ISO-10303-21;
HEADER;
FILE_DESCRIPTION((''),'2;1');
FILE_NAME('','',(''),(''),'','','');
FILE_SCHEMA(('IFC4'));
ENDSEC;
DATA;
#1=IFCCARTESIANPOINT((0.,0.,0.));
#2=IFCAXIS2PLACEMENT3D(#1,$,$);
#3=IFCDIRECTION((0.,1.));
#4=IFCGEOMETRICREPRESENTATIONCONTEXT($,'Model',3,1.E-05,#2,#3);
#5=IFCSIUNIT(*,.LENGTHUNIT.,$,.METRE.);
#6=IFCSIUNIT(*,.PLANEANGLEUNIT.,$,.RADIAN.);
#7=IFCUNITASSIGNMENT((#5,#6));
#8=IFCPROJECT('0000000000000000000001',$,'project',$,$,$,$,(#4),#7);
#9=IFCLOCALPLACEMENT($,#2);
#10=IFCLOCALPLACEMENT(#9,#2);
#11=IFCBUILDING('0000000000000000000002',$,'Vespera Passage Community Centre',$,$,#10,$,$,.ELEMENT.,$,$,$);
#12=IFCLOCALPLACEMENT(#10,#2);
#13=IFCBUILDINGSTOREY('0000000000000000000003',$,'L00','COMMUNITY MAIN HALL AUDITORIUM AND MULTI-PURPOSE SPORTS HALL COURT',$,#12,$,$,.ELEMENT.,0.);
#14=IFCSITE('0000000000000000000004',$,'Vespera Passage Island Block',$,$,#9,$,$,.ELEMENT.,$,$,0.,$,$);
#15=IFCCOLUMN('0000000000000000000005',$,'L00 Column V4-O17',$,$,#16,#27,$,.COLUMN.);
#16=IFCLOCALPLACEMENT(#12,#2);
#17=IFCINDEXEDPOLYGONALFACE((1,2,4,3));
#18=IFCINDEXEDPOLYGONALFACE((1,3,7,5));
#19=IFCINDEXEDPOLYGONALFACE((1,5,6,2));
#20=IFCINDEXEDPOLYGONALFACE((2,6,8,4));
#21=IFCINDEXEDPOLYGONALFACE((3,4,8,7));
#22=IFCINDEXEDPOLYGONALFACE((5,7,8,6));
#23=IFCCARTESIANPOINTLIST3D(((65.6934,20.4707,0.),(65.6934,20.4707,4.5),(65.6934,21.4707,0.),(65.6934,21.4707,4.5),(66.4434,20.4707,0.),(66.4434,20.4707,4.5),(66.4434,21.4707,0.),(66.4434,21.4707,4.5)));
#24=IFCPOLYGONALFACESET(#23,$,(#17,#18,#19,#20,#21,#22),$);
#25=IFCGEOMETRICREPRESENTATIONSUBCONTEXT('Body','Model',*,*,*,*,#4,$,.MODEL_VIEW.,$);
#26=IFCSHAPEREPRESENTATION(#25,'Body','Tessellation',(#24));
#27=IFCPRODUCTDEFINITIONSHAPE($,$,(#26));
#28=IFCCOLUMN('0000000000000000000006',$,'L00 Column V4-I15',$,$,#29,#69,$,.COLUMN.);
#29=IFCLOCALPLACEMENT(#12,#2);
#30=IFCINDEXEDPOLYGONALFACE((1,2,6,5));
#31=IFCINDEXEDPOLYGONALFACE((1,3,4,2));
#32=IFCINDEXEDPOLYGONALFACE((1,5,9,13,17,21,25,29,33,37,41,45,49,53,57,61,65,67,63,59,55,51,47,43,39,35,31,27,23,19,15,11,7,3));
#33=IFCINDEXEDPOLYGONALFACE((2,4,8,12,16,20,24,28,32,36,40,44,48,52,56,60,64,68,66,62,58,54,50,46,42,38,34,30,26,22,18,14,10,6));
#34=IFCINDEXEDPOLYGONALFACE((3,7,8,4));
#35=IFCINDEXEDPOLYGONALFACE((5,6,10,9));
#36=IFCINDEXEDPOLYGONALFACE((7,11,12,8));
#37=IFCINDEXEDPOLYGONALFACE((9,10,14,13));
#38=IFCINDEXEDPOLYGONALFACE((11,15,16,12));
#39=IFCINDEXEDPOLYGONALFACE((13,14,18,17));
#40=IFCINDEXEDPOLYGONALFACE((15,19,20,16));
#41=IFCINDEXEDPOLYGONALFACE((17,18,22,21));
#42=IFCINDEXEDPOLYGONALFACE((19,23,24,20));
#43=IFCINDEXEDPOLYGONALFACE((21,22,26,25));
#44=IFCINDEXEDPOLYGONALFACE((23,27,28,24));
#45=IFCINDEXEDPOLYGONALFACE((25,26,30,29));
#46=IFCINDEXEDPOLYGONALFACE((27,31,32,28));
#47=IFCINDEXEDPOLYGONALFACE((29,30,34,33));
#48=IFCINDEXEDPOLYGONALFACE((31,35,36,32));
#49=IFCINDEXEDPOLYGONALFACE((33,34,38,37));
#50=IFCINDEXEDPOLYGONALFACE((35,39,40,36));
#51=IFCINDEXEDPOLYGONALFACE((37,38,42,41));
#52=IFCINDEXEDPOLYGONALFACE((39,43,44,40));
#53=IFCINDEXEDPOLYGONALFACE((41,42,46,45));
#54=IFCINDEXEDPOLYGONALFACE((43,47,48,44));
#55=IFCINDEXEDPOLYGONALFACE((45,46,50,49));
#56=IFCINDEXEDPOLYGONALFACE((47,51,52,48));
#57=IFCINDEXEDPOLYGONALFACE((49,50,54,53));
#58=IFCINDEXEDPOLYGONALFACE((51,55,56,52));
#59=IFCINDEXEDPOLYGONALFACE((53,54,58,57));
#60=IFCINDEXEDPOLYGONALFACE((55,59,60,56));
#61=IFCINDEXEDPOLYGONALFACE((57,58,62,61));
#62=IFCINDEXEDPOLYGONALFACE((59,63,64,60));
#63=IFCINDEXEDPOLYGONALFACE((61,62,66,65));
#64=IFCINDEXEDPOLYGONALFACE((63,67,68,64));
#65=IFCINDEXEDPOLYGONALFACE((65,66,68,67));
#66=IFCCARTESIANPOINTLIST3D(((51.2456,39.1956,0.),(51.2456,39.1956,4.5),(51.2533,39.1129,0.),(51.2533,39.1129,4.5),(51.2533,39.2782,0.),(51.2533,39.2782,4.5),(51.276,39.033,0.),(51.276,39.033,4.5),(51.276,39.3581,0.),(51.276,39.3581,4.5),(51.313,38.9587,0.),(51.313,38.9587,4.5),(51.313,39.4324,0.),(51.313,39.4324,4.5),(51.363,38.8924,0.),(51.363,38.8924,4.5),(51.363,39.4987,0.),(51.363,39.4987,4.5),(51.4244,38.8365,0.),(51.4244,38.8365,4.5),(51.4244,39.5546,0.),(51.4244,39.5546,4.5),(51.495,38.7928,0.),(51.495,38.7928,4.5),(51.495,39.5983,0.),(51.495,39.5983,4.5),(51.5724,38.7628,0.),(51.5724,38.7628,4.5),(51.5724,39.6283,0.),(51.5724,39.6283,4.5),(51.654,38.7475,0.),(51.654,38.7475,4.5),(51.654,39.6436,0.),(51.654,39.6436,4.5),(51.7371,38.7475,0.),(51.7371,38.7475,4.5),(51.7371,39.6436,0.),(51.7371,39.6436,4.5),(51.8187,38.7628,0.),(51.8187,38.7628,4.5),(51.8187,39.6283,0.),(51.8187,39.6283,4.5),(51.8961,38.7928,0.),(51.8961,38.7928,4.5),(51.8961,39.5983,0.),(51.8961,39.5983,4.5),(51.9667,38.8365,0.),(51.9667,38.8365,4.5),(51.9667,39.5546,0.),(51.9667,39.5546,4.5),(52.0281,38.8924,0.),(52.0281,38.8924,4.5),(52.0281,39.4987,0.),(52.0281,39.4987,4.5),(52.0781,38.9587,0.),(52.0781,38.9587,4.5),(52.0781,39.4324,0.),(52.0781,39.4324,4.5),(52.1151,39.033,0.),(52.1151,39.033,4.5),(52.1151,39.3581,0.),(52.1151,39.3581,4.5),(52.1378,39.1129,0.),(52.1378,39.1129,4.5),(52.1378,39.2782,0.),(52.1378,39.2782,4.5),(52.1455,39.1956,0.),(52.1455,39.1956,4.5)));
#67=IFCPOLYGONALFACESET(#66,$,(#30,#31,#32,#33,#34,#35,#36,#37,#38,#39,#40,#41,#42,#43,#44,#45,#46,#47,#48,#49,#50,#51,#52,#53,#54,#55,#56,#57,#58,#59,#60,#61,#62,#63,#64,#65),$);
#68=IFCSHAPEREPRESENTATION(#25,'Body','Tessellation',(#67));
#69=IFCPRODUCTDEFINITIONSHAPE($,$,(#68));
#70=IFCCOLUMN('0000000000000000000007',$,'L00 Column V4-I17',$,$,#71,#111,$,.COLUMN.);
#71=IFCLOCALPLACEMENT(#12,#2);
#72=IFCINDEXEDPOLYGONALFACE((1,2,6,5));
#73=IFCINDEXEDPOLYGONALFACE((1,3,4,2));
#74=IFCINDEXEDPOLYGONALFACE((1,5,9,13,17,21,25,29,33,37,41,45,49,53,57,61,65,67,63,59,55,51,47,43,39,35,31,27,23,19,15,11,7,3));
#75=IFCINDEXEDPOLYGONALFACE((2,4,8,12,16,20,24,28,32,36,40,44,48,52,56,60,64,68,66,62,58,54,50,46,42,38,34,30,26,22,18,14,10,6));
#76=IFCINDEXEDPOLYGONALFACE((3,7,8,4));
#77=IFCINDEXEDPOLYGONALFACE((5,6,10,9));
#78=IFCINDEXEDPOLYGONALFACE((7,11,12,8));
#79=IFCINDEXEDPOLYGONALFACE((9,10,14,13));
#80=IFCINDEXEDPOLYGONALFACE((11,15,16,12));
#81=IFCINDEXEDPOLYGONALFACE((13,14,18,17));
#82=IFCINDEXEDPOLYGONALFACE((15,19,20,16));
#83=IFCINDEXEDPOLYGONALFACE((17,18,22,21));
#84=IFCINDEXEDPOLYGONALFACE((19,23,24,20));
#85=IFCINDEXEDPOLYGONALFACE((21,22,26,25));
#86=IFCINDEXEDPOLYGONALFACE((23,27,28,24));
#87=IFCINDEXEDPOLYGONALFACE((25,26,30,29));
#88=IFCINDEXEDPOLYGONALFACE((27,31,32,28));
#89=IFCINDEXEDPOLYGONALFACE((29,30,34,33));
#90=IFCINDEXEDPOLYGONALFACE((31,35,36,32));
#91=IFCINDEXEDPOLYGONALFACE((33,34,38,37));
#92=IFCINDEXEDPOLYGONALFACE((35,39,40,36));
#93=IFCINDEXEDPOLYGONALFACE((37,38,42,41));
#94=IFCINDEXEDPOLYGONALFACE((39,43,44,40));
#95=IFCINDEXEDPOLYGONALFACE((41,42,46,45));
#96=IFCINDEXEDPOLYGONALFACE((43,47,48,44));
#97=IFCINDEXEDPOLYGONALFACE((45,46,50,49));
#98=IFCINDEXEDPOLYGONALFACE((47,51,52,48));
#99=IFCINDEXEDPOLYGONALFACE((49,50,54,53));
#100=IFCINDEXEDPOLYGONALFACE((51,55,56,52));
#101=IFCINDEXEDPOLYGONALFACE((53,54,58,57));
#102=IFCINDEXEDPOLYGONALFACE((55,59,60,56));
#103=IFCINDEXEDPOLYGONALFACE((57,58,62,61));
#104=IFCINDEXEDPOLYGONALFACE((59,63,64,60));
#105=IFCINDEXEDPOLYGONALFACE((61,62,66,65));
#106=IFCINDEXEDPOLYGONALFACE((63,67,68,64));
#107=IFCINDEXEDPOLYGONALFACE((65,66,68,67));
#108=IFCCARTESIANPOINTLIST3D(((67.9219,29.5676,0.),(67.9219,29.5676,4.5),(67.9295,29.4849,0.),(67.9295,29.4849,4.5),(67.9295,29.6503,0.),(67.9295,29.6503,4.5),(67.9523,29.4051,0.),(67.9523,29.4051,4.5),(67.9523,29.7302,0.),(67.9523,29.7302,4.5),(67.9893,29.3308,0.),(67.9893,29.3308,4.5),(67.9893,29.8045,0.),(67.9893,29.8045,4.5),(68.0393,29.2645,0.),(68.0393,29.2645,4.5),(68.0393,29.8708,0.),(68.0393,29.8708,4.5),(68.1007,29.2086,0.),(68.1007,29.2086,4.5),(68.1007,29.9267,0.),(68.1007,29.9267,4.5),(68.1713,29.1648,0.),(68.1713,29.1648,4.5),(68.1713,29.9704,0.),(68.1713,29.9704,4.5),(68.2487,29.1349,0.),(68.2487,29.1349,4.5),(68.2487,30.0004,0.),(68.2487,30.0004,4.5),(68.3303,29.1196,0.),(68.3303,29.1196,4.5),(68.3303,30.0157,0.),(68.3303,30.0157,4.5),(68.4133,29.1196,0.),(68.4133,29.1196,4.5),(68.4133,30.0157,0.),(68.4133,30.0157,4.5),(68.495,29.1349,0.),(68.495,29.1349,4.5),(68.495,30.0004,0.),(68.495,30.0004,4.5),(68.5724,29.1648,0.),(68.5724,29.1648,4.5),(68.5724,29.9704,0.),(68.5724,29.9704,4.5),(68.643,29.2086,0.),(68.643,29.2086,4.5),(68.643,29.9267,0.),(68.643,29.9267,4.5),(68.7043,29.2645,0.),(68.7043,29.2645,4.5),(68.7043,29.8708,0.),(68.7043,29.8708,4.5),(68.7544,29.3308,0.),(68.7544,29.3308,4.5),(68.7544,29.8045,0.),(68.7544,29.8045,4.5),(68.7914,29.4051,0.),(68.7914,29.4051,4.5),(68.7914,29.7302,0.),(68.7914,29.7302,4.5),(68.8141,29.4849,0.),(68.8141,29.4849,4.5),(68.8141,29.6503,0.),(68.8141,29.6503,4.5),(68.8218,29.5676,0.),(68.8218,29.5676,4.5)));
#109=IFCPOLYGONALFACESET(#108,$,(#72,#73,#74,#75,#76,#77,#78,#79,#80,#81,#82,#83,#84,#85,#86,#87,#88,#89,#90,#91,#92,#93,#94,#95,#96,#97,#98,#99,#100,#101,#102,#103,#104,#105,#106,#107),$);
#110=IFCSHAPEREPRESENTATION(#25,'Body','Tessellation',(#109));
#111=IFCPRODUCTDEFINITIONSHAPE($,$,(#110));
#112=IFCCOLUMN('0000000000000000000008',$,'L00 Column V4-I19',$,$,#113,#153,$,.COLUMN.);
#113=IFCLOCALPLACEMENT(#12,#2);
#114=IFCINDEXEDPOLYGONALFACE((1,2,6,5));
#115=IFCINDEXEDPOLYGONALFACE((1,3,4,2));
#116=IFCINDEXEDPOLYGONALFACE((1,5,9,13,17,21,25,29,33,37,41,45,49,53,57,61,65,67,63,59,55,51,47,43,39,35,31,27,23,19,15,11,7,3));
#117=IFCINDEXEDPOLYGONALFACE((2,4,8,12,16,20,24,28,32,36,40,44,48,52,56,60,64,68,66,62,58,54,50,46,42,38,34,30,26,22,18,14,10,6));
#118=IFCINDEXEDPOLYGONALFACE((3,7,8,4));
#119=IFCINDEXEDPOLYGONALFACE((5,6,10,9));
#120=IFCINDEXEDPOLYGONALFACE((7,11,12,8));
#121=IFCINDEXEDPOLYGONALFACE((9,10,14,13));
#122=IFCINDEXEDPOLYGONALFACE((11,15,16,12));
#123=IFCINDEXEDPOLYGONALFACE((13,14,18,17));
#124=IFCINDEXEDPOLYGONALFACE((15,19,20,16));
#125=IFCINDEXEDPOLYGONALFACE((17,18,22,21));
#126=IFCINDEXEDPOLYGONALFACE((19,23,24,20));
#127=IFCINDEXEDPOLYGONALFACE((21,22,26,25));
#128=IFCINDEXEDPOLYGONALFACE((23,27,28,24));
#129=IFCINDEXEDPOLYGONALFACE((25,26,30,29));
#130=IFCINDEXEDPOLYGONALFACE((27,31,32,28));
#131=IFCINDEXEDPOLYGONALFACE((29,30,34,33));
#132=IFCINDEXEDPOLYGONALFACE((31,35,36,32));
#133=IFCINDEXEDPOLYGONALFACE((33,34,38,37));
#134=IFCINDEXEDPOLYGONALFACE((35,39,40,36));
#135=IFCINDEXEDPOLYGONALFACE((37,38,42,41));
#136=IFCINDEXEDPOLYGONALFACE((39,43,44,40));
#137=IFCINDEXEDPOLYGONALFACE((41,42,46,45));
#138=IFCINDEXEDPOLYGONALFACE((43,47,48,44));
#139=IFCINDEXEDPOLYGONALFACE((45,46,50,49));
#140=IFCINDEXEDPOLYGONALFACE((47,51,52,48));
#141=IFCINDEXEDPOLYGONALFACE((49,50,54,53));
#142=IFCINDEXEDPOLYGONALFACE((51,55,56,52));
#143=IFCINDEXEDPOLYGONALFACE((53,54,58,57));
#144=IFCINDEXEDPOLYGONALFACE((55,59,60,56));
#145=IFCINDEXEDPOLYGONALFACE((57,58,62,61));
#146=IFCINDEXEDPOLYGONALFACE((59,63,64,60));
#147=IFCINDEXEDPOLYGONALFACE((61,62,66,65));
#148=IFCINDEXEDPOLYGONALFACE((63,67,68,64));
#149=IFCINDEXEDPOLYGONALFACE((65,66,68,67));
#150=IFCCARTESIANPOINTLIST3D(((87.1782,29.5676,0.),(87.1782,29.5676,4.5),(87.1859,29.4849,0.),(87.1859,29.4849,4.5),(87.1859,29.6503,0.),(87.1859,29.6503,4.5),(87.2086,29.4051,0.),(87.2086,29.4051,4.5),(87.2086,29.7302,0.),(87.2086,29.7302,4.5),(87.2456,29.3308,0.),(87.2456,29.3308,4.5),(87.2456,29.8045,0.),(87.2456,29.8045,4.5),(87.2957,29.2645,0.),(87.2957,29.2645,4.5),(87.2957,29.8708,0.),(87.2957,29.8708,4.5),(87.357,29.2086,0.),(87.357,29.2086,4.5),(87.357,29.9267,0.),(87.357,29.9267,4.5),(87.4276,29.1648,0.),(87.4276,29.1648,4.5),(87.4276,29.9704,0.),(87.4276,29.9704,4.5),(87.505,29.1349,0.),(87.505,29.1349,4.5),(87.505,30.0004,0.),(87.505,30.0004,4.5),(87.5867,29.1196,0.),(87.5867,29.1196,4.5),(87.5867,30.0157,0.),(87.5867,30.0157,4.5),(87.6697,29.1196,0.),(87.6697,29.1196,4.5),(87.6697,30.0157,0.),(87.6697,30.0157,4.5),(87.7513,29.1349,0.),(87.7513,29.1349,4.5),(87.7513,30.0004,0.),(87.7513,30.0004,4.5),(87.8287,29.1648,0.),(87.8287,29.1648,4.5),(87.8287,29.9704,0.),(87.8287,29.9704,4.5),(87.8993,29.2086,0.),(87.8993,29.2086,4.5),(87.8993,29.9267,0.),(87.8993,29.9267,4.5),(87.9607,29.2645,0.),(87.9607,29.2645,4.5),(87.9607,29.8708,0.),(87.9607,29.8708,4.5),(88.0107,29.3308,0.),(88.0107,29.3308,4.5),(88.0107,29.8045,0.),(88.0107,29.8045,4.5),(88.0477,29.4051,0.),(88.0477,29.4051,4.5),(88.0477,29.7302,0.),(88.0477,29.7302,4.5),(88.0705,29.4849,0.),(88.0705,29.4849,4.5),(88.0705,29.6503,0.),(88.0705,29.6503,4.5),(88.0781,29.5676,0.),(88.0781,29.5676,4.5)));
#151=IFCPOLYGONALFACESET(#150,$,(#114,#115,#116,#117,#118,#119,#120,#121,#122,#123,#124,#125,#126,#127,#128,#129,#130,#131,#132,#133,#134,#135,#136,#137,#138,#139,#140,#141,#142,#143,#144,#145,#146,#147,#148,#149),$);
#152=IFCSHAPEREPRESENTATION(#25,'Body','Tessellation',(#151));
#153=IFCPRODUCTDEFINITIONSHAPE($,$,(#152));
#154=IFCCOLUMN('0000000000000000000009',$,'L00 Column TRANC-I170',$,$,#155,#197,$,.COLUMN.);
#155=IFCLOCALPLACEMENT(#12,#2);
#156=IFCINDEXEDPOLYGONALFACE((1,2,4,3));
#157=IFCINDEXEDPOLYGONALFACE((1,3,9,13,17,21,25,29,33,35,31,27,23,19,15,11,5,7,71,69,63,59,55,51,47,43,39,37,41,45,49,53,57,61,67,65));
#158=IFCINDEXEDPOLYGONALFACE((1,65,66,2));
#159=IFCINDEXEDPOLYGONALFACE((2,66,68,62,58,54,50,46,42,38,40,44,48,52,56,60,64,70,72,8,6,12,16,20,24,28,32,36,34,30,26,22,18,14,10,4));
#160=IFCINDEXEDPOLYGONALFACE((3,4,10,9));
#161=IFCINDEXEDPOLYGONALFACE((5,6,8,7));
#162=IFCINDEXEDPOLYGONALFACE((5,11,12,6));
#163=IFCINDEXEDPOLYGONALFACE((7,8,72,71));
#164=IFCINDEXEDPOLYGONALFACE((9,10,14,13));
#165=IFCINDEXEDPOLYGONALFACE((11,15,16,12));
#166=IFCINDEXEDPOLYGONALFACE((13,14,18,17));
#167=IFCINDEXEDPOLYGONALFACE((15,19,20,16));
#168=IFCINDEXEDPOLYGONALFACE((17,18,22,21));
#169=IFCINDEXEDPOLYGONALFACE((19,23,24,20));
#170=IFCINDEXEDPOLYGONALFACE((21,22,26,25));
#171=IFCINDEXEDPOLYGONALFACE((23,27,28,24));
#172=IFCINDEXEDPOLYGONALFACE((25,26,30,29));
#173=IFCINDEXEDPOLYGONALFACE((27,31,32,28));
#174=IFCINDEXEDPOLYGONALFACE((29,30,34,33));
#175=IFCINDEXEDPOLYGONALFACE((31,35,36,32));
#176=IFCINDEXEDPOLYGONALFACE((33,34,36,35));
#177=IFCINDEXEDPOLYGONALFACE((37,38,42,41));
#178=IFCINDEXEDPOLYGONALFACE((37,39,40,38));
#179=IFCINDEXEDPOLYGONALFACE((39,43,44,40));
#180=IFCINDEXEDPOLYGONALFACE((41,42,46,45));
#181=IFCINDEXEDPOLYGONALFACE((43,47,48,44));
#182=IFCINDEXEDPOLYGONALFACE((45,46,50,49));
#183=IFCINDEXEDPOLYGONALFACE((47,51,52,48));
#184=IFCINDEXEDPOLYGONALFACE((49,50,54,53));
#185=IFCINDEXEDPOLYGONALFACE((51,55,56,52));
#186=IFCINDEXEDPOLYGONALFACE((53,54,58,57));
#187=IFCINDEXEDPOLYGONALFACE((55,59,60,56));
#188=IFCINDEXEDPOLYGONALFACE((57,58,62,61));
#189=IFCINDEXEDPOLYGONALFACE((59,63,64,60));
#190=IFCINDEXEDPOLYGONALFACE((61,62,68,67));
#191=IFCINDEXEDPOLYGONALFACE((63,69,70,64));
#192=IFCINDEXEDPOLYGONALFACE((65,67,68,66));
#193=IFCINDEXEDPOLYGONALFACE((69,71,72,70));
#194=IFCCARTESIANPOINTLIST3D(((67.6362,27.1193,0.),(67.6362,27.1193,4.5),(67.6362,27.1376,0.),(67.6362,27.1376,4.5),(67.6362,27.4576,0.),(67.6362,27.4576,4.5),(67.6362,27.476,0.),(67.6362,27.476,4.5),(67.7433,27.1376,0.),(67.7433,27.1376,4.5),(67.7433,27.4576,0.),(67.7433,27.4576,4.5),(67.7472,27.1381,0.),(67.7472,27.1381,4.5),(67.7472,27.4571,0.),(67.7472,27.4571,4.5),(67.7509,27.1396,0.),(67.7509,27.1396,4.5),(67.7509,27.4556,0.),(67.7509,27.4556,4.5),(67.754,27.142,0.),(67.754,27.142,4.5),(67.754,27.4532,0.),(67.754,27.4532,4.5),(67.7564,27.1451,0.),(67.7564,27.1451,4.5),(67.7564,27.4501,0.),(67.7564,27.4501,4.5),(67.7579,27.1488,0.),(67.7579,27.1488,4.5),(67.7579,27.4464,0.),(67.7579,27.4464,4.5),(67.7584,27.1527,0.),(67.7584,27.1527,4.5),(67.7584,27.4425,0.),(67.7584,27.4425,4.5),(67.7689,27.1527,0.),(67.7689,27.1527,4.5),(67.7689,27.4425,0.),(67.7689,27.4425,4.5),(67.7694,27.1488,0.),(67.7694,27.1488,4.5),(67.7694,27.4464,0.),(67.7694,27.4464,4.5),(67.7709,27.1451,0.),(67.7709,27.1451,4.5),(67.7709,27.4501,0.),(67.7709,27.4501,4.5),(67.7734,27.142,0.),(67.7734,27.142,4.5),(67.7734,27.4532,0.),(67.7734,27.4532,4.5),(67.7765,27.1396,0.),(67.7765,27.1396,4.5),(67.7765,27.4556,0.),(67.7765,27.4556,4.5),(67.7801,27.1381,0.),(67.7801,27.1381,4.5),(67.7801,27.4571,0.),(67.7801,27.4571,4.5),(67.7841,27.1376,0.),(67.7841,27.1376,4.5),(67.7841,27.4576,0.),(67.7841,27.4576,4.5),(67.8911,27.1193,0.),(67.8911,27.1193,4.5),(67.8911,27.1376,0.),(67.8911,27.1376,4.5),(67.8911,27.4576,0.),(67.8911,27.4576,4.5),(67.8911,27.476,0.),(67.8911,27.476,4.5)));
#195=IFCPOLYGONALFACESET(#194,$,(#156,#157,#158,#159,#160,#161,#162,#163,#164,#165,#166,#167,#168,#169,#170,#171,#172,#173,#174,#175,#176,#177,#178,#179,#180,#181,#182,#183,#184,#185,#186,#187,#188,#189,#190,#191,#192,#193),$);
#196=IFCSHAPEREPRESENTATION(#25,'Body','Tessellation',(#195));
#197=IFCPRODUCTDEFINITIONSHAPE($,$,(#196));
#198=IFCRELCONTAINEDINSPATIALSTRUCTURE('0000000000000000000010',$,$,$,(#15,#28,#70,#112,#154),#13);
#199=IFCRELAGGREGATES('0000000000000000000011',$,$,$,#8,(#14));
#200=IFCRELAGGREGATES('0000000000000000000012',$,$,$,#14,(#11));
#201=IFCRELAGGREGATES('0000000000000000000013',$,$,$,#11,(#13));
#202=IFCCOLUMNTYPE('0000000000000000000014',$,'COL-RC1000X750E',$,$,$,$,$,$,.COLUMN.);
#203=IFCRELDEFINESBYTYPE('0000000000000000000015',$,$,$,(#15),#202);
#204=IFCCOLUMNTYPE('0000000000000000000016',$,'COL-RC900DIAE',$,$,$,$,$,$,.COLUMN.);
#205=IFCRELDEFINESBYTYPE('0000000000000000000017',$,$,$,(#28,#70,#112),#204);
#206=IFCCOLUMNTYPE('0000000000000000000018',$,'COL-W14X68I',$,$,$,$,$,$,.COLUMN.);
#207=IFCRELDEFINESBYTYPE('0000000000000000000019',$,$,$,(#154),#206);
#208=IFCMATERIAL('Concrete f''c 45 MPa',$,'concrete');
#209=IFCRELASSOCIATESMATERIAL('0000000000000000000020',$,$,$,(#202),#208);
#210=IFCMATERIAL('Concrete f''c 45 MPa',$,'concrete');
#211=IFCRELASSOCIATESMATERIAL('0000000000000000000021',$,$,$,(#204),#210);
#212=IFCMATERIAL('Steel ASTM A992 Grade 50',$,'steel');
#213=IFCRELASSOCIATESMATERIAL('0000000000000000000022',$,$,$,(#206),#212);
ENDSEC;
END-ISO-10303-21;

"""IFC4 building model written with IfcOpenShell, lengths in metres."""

from ifc_helpers import new_model, si_unit, direction, frame, origin, origin_2d, place, context, subcontext, project, spatial, rectangle, circle, i_section, extrude, material, material_profile, profile_set, type_object, element, save


model = new_model("IFC4")

# Units and contexts
model_context = context("Model", 3, precision=1e-05, world=origin(), true_north=direction((0.0, 1.0)))
body_context = subcontext(model_context, "Body", "Model", "MODEL_VIEW")
ifc_project = project(units=[si_unit("LENGTHUNIT", "METRE"), si_unit("PLANEANGLEUNIT", "RADIAN")], contexts=[model_context])

# Site, building, storey
site_placement = place(None, origin())
site = spatial("IfcSite", under=ifc_project, at=site_placement, Name="Vespera Passage Island Block", CompositionType="ELEMENT", RefElevation=0.0)
building_placement = place(site_placement, origin())
building = spatial("IfcBuilding", under=site, at=building_placement, Name="Vespera Passage Community Centre", CompositionType="ELEMENT")
storey_placement = place(building_placement, origin())
storey = spatial("IfcBuildingStorey", under=building, at=storey_placement, Name="L00", Description="COMMUNITY MAIN HALL AUDITORIUM AND MULTI-PURPOSE SPORTS HALL COURT", CompositionType="ELEMENT", Elevation=0.0)

# Columns
ifc_material_1 = material(Name="Concrete f'c 45 MPa", Category="concrete")
ifc_material_profile_1 = material_profile(ifc_material_1, rectangle(XDim=0.75, YDim=1.0, at=origin_2d()), Name="RC1000X750")
ifc_profile_set_1 = profile_set([ifc_material_profile_1], Name="Concrete f'c 45 MPa")
column_type_1 = type_object("IfcColumnType", Name="COL-RC1000X750E", PredefinedType="COLUMN", material=ifc_profile_set_1)
column_placement = place(storey_placement, frame((66.0684, 20.9707, 0.0), z_axis=(0.0, 0.0, 1.0), x_axis=(1.0, 0.0, 0.0)))
element("IfcColumn", 1, at=column_placement, inside=storey, type_object=column_type_1, Name="L00 Column V4-O17", PredefinedType="COLUMN", context=body_context, shape_type="SweptSolid", body=[
    extrude(rectangle(XDim=0.75, YDim=1.0, at=origin_2d()), origin(), (0.0, 0.0, 1.0), 4.5),
])
ifc_material_2 = material(Name="Concrete f'c 45 MPa", Category="concrete")
ifc_material_profile_2 = material_profile(ifc_material_2, circle(Radius=0.45, at=origin_2d()), Name="RC900DIA")
ifc_profile_set_2 = profile_set([ifc_material_profile_2], Name="Concrete f'c 45 MPa")
column_type_2 = type_object("IfcColumnType", Name="COL-RC900DIAE", PredefinedType="COLUMN", material=ifc_profile_set_2)
for number, where, z_axis, x_axis, name in (
    (2, (51.6956, 39.1956, 0.0), (0.0, 0.0, 1.0), (1.0, 0.0, 0.0), "L00 Column V4-I15"),
    (3, (68.3718, 29.5676, 0.0), (0.0, 0.0, 1.0), (1.0, 0.0, 0.0), "L00 Column V4-I17"),
    (4, (87.6282, 29.5676, 0.0), (0.0, 0.0, 1.0), (1.0, 0.0, 0.0), "L00 Column V4-I19"),
):
    element("IfcColumn", number, at=place(storey_placement, frame(where, z_axis=z_axis, x_axis=x_axis)), inside=storey, type_object=column_type_2, Name=name, PredefinedType="COLUMN", context=body_context, shape_type="SweptSolid", body=[
        extrude(circle(Radius=0.45, at=origin_2d()), origin(), (0.0, 0.0, 1.0), 4.5),
    ])
ifc_material_3 = material(Name="Steel ASTM A992 Grade 50", Category="steel")
ifc_material_profile_3 = material_profile(ifc_material_3, i_section(OverallWidth=0.2549, OverallDepth=0.3567, WebThickness=0.0105, FlangeThickness=0.0183, FilletRadius=0.0151, at=origin_2d()), Name="W14X68")
ifc_profile_set_3 = profile_set([ifc_material_profile_3], Name="Steel ASTM A992 Grade 50")
column_type_3 = type_object("IfcColumnType", Name="COL-W14X68I", PredefinedType="COLUMN", material=ifc_profile_set_3)
for number, where, z_axis, x_axis, name in (
    (5, (67.7637, 27.2976, 0.0), (0.0, 0.0, 1.0), (1.0, 0.0, 0.0), "L00 Column TRANC-I170"),
):
    element("IfcColumn", number, at=place(storey_placement, frame(where, z_axis=z_axis, x_axis=x_axis)), inside=storey, type_object=column_type_3, Name=name, PredefinedType="COLUMN", context=body_context, shape_type="SweptSolid", body=[
        extrude(i_section(OverallWidth=0.2549, OverallDepth=0.3567, WebThickness=0.0105, FlangeThickness=0.0183, FilletRadius=0.0151, at=origin_2d()), origin(), (0.0, 0.0, 1.0), 4.5),
    ])

save(model, "model.ifc")
